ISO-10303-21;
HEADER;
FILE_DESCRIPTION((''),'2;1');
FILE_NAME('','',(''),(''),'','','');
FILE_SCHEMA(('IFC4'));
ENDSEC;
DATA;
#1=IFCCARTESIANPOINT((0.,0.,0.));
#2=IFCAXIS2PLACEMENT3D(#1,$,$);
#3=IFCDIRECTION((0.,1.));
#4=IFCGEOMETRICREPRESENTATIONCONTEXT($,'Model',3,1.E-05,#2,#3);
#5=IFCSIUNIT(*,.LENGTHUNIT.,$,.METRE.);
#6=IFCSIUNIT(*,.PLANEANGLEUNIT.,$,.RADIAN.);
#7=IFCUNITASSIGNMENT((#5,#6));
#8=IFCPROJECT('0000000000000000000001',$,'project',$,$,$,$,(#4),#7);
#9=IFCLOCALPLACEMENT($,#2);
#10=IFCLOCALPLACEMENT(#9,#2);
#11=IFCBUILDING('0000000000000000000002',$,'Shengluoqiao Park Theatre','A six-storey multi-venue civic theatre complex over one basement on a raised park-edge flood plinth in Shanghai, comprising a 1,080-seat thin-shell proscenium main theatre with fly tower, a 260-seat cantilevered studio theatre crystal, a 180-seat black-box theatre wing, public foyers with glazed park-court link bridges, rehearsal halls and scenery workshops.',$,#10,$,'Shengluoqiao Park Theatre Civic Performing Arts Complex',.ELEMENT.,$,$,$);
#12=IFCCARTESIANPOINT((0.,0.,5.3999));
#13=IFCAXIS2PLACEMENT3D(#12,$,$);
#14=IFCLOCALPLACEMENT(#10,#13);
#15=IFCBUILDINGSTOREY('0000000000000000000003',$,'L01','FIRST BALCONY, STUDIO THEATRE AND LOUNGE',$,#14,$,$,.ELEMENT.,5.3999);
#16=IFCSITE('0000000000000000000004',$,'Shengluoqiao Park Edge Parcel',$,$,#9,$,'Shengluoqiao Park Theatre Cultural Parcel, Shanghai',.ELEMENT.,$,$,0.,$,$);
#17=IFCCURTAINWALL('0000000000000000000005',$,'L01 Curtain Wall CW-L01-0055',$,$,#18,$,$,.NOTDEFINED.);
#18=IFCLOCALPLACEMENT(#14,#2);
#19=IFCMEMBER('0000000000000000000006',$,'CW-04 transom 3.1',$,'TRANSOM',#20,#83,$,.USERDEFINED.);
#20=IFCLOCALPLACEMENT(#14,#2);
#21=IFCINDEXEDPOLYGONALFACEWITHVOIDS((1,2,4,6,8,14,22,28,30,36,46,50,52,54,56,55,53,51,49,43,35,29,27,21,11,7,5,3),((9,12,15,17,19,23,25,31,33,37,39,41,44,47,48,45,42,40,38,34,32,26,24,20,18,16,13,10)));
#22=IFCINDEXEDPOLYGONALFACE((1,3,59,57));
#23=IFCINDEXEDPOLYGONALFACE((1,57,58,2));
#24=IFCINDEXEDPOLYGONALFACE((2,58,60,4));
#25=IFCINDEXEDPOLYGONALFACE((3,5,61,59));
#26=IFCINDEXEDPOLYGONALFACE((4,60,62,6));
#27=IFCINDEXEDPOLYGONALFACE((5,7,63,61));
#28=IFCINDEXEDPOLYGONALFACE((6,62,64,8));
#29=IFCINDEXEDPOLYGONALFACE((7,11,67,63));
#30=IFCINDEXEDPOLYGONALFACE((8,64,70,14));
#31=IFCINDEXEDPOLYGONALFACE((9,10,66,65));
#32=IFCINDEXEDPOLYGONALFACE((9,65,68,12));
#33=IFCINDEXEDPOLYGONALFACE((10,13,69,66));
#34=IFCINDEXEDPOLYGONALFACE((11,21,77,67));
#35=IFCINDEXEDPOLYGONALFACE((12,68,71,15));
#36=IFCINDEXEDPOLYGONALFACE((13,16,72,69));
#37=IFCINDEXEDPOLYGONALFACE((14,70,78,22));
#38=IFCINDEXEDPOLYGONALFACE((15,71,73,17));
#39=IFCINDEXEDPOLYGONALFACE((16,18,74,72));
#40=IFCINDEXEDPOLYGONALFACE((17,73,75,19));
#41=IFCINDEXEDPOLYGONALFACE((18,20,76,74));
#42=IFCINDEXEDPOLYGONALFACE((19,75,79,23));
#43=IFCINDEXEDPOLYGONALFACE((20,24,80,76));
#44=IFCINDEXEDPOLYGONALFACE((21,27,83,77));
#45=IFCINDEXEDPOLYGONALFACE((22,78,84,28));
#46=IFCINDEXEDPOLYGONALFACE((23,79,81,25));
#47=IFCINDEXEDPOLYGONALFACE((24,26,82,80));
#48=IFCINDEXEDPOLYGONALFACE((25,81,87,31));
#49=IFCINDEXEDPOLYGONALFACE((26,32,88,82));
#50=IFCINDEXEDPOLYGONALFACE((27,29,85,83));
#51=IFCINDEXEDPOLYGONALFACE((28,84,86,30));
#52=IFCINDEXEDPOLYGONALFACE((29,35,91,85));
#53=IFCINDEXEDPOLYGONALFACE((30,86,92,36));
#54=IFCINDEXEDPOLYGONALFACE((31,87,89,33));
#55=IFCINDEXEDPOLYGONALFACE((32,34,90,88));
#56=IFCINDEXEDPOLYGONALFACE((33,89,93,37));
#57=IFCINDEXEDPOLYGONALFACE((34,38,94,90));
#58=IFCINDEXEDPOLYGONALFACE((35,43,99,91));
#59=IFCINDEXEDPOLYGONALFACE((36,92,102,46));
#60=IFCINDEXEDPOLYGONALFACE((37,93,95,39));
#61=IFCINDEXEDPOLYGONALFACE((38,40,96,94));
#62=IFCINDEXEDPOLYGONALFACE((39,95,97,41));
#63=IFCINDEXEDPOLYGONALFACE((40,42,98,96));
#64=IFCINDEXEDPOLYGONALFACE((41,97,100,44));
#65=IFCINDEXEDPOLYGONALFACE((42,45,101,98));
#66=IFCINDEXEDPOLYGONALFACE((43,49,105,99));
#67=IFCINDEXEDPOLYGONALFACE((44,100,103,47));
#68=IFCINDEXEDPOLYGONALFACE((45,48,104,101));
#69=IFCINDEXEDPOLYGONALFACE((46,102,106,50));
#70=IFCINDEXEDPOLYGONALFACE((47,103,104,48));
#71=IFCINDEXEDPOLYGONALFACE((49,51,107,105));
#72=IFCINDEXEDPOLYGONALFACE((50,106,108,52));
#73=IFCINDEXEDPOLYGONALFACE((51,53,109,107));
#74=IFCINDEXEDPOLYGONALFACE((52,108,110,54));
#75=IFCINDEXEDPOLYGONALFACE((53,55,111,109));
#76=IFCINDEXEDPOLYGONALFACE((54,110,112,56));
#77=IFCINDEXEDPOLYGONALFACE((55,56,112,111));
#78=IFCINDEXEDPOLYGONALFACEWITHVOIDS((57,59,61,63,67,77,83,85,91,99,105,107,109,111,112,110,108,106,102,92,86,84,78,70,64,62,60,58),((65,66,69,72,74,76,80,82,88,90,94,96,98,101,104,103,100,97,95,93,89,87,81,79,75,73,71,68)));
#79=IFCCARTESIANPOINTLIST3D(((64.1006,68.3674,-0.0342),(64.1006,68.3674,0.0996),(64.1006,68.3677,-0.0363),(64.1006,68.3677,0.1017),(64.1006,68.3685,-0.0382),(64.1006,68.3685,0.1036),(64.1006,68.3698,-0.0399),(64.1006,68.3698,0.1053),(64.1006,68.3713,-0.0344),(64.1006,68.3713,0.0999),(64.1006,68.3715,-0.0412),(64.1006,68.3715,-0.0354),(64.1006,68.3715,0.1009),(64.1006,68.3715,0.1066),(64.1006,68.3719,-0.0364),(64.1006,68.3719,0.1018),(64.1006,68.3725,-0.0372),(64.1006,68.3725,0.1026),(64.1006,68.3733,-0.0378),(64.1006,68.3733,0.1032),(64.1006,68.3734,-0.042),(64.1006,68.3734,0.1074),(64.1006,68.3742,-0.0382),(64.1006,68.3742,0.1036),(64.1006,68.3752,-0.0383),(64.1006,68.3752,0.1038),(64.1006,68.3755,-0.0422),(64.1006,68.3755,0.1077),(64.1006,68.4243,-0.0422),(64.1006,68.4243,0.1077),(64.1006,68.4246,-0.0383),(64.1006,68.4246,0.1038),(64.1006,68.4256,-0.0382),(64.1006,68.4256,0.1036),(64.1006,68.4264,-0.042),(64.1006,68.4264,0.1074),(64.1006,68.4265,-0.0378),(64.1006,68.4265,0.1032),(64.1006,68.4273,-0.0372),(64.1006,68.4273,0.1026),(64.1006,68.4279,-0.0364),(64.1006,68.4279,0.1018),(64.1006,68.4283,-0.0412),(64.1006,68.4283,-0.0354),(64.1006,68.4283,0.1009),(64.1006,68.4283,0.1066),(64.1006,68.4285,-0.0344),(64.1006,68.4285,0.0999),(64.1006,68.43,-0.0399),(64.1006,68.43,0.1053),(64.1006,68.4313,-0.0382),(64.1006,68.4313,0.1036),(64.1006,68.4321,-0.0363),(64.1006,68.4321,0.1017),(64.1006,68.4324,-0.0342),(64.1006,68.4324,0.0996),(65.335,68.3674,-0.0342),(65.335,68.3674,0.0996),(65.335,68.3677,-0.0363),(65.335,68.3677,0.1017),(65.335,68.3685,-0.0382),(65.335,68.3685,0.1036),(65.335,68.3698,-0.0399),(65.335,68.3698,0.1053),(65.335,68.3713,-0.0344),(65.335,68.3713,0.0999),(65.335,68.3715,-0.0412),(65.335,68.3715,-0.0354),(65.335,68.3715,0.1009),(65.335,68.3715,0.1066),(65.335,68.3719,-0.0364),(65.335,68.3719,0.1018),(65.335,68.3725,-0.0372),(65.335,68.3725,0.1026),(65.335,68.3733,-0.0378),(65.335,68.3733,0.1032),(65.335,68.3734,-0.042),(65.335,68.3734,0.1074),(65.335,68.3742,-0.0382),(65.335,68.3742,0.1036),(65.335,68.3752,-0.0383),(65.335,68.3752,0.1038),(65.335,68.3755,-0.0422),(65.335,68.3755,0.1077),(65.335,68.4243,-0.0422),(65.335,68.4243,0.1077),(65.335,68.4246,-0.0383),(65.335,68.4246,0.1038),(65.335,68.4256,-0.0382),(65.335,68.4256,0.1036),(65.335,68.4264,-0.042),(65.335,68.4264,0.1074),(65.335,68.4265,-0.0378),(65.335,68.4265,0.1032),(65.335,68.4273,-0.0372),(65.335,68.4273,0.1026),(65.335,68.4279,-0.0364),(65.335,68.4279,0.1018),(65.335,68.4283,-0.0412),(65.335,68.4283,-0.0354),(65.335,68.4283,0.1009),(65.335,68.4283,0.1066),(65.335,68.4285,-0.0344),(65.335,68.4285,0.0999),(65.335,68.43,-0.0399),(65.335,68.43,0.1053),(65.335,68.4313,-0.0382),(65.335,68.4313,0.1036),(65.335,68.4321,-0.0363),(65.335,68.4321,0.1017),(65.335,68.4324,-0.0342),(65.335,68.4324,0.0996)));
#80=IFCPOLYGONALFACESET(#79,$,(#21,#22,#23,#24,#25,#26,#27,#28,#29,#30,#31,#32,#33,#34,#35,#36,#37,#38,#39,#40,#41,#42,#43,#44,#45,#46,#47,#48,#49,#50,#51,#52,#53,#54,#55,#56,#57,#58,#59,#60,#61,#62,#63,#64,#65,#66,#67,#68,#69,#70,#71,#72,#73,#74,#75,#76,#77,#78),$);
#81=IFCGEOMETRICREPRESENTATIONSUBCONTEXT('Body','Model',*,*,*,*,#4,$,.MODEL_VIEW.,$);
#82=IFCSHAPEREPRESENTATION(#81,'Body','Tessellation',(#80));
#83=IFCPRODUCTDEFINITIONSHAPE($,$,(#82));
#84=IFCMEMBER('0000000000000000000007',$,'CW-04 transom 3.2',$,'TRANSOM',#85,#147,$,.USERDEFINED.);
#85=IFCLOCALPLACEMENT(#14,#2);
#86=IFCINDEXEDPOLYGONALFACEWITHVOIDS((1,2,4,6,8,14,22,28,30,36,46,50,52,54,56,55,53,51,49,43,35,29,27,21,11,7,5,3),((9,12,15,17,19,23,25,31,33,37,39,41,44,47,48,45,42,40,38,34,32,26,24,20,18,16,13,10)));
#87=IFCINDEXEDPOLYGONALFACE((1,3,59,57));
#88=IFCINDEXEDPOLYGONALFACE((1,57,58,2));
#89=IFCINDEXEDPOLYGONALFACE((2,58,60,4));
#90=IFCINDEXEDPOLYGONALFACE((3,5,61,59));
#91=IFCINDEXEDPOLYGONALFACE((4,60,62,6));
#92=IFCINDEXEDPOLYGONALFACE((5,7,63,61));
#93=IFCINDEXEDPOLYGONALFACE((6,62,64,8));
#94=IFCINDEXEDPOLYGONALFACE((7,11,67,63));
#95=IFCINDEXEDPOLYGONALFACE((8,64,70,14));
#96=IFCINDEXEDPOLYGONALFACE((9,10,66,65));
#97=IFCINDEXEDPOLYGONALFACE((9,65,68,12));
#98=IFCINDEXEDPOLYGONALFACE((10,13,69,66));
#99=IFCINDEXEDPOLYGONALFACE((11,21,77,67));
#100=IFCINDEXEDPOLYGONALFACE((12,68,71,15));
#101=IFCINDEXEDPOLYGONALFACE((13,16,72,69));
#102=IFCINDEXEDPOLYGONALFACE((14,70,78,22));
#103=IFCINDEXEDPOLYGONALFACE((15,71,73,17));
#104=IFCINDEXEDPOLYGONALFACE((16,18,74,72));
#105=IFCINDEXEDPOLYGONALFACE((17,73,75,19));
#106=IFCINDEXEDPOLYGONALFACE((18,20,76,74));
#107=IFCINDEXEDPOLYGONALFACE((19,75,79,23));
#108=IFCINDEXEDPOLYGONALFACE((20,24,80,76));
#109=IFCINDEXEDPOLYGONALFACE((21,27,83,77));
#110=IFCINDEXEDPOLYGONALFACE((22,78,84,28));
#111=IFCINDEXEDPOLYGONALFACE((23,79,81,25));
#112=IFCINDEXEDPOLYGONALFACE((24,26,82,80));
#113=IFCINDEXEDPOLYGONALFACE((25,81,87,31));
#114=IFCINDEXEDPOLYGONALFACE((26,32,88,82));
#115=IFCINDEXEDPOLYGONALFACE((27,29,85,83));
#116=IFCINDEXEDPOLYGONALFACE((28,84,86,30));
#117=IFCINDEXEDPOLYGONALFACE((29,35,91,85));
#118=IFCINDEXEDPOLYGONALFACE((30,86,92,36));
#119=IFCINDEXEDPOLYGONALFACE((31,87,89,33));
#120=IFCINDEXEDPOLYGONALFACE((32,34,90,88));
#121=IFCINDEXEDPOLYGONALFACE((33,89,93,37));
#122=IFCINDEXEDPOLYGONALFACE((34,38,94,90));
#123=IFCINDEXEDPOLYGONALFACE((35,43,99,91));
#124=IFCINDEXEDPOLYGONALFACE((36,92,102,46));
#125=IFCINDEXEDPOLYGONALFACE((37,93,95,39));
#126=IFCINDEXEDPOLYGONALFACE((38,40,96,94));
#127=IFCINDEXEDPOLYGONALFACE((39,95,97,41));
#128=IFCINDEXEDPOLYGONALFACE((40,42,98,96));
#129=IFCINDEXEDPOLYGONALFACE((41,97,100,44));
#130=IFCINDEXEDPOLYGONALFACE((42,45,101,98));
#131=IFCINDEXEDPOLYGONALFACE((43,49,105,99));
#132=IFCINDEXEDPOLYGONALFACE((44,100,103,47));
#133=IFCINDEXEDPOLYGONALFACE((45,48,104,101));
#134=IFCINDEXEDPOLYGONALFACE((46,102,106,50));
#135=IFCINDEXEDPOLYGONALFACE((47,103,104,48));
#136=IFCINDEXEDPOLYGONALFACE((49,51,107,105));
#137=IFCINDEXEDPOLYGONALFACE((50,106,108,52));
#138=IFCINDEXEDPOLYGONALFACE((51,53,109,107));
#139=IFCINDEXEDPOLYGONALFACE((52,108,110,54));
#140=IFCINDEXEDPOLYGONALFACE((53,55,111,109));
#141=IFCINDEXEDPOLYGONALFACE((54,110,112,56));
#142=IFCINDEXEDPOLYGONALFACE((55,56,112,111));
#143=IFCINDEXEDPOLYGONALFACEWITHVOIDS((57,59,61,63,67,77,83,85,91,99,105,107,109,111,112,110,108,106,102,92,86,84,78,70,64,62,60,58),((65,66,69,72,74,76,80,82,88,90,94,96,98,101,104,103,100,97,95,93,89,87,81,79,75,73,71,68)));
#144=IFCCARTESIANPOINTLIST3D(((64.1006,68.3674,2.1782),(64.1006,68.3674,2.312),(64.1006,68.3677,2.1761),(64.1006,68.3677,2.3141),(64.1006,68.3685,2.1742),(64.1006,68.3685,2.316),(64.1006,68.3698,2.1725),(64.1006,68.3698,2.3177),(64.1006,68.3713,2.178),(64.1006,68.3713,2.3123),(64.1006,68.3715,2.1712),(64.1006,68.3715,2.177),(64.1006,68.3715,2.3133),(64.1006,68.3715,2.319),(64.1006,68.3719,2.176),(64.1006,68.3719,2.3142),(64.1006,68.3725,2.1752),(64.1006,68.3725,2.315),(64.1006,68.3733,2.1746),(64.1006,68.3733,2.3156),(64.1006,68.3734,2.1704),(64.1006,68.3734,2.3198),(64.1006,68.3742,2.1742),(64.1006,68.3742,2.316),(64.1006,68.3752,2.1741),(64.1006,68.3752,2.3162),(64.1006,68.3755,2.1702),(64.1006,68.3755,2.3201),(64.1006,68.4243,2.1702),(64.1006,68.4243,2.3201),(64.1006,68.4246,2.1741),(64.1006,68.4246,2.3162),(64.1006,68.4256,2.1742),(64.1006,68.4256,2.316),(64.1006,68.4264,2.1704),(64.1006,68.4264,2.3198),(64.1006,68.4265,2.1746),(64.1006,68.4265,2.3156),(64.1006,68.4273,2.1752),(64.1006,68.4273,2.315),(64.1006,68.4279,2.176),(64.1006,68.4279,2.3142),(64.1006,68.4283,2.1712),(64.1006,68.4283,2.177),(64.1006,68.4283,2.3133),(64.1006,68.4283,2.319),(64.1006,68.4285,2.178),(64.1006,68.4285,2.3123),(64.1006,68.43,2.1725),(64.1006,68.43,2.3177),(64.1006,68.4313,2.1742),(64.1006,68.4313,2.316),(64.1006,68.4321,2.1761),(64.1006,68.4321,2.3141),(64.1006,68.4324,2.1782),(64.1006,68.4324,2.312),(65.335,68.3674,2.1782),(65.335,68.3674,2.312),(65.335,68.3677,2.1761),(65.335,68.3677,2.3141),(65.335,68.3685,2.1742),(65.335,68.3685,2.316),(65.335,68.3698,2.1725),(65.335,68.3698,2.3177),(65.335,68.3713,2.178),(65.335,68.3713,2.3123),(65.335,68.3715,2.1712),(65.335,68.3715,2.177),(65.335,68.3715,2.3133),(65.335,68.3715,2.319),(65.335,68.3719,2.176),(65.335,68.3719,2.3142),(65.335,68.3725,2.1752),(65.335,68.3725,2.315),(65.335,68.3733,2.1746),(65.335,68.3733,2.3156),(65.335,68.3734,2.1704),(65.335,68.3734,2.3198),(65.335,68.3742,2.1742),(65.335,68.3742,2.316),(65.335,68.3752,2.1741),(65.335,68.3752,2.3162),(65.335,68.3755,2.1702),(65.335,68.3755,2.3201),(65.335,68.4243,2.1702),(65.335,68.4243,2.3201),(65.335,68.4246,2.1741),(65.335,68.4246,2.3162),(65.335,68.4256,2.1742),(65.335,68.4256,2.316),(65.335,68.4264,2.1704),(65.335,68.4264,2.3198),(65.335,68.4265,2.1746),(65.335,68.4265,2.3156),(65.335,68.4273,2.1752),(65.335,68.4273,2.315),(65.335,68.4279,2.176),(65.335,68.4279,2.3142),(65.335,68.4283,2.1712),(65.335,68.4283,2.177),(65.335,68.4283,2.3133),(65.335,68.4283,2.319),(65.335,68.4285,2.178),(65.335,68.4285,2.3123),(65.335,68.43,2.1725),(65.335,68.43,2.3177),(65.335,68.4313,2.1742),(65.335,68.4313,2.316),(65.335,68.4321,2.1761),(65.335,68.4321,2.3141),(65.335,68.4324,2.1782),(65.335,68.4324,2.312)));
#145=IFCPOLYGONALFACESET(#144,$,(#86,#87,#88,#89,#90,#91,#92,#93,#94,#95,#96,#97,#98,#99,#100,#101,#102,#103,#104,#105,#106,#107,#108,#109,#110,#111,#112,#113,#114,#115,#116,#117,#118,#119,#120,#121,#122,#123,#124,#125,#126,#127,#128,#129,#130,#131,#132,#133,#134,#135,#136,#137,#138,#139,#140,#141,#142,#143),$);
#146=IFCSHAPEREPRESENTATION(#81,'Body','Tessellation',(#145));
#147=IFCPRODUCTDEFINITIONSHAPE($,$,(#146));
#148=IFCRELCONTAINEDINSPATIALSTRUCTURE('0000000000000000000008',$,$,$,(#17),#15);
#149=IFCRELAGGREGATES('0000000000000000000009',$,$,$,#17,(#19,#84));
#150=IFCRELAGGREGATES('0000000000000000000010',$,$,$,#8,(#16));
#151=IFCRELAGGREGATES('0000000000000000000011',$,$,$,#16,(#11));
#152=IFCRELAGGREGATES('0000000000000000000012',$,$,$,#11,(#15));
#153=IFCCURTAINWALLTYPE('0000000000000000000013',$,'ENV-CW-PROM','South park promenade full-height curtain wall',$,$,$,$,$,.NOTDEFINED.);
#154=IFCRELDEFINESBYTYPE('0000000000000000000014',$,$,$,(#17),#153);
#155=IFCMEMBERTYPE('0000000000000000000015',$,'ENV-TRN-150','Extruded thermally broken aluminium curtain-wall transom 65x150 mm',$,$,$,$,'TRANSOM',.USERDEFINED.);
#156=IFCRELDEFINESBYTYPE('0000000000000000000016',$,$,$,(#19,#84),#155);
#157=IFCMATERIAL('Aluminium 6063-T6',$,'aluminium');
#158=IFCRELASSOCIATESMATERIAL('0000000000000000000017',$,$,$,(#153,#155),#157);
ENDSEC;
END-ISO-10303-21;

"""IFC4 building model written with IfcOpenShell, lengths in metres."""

from ifc_helpers import new_model, si_unit, direction, frame, origin, origin_2d, place, context, subcontext, project, spatial, hollow_rectangle, extrude, material, material_profile, profile_set, type_object, element, aggregate, save


model = new_model("IFC4")

# Units and contexts
model_context = context("Model", 3, precision=1e-05, world=origin(), true_north=direction((0.0, 1.0)))
body_context = subcontext(model_context, "Body", "Model", "MODEL_VIEW")
ifc_project = project(units=[si_unit("LENGTHUNIT", "METRE"), si_unit("PLANEANGLEUNIT", "RADIAN")], contexts=[model_context])

# Site, building, storey
site_placement = place(None, origin())
site = spatial("IfcSite", under=ifc_project, at=site_placement, Name="Shengluoqiao Park Edge Parcel", LongName="Shengluoqiao Park Theatre Cultural Parcel, Shanghai", CompositionType="ELEMENT", RefElevation=0.0)
building_placement = place(site_placement, origin())
building = spatial("IfcBuilding", under=site, at=building_placement, Name="Shengluoqiao Park Theatre", Description="A six-storey multi-venue civic theatre complex over one basement on a raised park-edge flood plinth in Shanghai, comprising a 1,080-seat thin-shell proscenium main theatre with fly tower, a 260-seat cantilevered studio theatre crystal, a 180-seat black-box theatre wing, public foyers with glazed park-court link bridges, rehearsal halls and scenery workshops.", LongName="Shengluoqiao Park Theatre Civic Performing Arts Complex", CompositionType="ELEMENT")
storey_placement = place(building_placement, frame((0.0, 0.0, 5.3999)))
storey = spatial("IfcBuildingStorey", under=building, at=storey_placement, Name="L01", Description="FIRST BALCONY, STUDIO THEATRE AND LOUNGE", CompositionType="ELEMENT", Elevation=5.3999)

# Curtain wall
ifc_material_1 = material(Name="Aluminium 6063-T6", Category="aluminium")
curtain_wall_type = type_object("IfcCurtainWallType", Name="ENV-CW-PROM", Description="South park promenade full-height curtain wall", PredefinedType="NOTDEFINED", material=ifc_material_1)
curtain_wall_1_placement = place(storey_placement, origin())
curtain_wall_1 = element("IfcCurtainWall", 1, at=curtain_wall_1_placement, inside=storey, type_object=curtain_wall_type, Name="L01 Curtain Wall CW-L01-0055", PredefinedType="NOTDEFINED")

# Members
ifc_material_profile_1 = material_profile(ifc_material_1, hollow_rectangle(XDim=0.0649, YDim=0.1499, WallThickness=0.0039, InnerFilletRadius=0.0039, OuterFilletRadius=0.0081, at=origin_2d()), Name="ALU TRANSOM 150x65x4")
ifc_profile_set_1 = profile_set([ifc_material_profile_1], Name="Aluminium 6063-T6")
member_type_1 = type_object("IfcMemberType", Name="ENV-TRN-150", Description="Extruded thermally broken aluminium curtain-wall transom 65x150 mm", ElementType="TRANSOM", PredefinedType="USERDEFINED", material=ifc_profile_set_1)
member_1_placement = place(storey_placement, frame((64.1006, 68.3999, 0.0327), z_axis=(1.0, 0.0, 0.0), x_axis=(0.0, 1.0, 0.0)))
member_1 = element("IfcMember", 2, at=member_1_placement, type_object=member_type_1, Name="CW-04 transom 3.1", ObjectType="TRANSOM", PredefinedType="USERDEFINED", context=body_context, shape_type="SweptSolid", body=[
    extrude(hollow_rectangle(XDim=0.0649, YDim=0.1499, WallThickness=0.0039, InnerFilletRadius=0.0039, OuterFilletRadius=0.0081, at=origin_2d()), origin(), (0.0, 0.0, 1.0), 1.2344),
])
member_2_placement = place(storey_placement, frame((64.1006, 68.3999, 2.2451), z_axis=(1.0, 0.0, 0.0), x_axis=(0.0, 1.0, 0.0)))
member_2 = element("IfcMember", 3, at=member_2_placement, type_object=member_type_1, Name="CW-04 transom 3.2", ObjectType="TRANSOM", PredefinedType="USERDEFINED", context=body_context, shape_type="SweptSolid", body=[
    extrude(hollow_rectangle(XDim=0.0649, YDim=0.1499, WallThickness=0.0039, InnerFilletRadius=0.0039, OuterFilletRadius=0.0081, at=origin_2d()), origin(), (0.0, 0.0, 1.0), 1.2344),
])

aggregate(curtain_wall_1, [member_1, member_2])

save(model, "model.ifc")
